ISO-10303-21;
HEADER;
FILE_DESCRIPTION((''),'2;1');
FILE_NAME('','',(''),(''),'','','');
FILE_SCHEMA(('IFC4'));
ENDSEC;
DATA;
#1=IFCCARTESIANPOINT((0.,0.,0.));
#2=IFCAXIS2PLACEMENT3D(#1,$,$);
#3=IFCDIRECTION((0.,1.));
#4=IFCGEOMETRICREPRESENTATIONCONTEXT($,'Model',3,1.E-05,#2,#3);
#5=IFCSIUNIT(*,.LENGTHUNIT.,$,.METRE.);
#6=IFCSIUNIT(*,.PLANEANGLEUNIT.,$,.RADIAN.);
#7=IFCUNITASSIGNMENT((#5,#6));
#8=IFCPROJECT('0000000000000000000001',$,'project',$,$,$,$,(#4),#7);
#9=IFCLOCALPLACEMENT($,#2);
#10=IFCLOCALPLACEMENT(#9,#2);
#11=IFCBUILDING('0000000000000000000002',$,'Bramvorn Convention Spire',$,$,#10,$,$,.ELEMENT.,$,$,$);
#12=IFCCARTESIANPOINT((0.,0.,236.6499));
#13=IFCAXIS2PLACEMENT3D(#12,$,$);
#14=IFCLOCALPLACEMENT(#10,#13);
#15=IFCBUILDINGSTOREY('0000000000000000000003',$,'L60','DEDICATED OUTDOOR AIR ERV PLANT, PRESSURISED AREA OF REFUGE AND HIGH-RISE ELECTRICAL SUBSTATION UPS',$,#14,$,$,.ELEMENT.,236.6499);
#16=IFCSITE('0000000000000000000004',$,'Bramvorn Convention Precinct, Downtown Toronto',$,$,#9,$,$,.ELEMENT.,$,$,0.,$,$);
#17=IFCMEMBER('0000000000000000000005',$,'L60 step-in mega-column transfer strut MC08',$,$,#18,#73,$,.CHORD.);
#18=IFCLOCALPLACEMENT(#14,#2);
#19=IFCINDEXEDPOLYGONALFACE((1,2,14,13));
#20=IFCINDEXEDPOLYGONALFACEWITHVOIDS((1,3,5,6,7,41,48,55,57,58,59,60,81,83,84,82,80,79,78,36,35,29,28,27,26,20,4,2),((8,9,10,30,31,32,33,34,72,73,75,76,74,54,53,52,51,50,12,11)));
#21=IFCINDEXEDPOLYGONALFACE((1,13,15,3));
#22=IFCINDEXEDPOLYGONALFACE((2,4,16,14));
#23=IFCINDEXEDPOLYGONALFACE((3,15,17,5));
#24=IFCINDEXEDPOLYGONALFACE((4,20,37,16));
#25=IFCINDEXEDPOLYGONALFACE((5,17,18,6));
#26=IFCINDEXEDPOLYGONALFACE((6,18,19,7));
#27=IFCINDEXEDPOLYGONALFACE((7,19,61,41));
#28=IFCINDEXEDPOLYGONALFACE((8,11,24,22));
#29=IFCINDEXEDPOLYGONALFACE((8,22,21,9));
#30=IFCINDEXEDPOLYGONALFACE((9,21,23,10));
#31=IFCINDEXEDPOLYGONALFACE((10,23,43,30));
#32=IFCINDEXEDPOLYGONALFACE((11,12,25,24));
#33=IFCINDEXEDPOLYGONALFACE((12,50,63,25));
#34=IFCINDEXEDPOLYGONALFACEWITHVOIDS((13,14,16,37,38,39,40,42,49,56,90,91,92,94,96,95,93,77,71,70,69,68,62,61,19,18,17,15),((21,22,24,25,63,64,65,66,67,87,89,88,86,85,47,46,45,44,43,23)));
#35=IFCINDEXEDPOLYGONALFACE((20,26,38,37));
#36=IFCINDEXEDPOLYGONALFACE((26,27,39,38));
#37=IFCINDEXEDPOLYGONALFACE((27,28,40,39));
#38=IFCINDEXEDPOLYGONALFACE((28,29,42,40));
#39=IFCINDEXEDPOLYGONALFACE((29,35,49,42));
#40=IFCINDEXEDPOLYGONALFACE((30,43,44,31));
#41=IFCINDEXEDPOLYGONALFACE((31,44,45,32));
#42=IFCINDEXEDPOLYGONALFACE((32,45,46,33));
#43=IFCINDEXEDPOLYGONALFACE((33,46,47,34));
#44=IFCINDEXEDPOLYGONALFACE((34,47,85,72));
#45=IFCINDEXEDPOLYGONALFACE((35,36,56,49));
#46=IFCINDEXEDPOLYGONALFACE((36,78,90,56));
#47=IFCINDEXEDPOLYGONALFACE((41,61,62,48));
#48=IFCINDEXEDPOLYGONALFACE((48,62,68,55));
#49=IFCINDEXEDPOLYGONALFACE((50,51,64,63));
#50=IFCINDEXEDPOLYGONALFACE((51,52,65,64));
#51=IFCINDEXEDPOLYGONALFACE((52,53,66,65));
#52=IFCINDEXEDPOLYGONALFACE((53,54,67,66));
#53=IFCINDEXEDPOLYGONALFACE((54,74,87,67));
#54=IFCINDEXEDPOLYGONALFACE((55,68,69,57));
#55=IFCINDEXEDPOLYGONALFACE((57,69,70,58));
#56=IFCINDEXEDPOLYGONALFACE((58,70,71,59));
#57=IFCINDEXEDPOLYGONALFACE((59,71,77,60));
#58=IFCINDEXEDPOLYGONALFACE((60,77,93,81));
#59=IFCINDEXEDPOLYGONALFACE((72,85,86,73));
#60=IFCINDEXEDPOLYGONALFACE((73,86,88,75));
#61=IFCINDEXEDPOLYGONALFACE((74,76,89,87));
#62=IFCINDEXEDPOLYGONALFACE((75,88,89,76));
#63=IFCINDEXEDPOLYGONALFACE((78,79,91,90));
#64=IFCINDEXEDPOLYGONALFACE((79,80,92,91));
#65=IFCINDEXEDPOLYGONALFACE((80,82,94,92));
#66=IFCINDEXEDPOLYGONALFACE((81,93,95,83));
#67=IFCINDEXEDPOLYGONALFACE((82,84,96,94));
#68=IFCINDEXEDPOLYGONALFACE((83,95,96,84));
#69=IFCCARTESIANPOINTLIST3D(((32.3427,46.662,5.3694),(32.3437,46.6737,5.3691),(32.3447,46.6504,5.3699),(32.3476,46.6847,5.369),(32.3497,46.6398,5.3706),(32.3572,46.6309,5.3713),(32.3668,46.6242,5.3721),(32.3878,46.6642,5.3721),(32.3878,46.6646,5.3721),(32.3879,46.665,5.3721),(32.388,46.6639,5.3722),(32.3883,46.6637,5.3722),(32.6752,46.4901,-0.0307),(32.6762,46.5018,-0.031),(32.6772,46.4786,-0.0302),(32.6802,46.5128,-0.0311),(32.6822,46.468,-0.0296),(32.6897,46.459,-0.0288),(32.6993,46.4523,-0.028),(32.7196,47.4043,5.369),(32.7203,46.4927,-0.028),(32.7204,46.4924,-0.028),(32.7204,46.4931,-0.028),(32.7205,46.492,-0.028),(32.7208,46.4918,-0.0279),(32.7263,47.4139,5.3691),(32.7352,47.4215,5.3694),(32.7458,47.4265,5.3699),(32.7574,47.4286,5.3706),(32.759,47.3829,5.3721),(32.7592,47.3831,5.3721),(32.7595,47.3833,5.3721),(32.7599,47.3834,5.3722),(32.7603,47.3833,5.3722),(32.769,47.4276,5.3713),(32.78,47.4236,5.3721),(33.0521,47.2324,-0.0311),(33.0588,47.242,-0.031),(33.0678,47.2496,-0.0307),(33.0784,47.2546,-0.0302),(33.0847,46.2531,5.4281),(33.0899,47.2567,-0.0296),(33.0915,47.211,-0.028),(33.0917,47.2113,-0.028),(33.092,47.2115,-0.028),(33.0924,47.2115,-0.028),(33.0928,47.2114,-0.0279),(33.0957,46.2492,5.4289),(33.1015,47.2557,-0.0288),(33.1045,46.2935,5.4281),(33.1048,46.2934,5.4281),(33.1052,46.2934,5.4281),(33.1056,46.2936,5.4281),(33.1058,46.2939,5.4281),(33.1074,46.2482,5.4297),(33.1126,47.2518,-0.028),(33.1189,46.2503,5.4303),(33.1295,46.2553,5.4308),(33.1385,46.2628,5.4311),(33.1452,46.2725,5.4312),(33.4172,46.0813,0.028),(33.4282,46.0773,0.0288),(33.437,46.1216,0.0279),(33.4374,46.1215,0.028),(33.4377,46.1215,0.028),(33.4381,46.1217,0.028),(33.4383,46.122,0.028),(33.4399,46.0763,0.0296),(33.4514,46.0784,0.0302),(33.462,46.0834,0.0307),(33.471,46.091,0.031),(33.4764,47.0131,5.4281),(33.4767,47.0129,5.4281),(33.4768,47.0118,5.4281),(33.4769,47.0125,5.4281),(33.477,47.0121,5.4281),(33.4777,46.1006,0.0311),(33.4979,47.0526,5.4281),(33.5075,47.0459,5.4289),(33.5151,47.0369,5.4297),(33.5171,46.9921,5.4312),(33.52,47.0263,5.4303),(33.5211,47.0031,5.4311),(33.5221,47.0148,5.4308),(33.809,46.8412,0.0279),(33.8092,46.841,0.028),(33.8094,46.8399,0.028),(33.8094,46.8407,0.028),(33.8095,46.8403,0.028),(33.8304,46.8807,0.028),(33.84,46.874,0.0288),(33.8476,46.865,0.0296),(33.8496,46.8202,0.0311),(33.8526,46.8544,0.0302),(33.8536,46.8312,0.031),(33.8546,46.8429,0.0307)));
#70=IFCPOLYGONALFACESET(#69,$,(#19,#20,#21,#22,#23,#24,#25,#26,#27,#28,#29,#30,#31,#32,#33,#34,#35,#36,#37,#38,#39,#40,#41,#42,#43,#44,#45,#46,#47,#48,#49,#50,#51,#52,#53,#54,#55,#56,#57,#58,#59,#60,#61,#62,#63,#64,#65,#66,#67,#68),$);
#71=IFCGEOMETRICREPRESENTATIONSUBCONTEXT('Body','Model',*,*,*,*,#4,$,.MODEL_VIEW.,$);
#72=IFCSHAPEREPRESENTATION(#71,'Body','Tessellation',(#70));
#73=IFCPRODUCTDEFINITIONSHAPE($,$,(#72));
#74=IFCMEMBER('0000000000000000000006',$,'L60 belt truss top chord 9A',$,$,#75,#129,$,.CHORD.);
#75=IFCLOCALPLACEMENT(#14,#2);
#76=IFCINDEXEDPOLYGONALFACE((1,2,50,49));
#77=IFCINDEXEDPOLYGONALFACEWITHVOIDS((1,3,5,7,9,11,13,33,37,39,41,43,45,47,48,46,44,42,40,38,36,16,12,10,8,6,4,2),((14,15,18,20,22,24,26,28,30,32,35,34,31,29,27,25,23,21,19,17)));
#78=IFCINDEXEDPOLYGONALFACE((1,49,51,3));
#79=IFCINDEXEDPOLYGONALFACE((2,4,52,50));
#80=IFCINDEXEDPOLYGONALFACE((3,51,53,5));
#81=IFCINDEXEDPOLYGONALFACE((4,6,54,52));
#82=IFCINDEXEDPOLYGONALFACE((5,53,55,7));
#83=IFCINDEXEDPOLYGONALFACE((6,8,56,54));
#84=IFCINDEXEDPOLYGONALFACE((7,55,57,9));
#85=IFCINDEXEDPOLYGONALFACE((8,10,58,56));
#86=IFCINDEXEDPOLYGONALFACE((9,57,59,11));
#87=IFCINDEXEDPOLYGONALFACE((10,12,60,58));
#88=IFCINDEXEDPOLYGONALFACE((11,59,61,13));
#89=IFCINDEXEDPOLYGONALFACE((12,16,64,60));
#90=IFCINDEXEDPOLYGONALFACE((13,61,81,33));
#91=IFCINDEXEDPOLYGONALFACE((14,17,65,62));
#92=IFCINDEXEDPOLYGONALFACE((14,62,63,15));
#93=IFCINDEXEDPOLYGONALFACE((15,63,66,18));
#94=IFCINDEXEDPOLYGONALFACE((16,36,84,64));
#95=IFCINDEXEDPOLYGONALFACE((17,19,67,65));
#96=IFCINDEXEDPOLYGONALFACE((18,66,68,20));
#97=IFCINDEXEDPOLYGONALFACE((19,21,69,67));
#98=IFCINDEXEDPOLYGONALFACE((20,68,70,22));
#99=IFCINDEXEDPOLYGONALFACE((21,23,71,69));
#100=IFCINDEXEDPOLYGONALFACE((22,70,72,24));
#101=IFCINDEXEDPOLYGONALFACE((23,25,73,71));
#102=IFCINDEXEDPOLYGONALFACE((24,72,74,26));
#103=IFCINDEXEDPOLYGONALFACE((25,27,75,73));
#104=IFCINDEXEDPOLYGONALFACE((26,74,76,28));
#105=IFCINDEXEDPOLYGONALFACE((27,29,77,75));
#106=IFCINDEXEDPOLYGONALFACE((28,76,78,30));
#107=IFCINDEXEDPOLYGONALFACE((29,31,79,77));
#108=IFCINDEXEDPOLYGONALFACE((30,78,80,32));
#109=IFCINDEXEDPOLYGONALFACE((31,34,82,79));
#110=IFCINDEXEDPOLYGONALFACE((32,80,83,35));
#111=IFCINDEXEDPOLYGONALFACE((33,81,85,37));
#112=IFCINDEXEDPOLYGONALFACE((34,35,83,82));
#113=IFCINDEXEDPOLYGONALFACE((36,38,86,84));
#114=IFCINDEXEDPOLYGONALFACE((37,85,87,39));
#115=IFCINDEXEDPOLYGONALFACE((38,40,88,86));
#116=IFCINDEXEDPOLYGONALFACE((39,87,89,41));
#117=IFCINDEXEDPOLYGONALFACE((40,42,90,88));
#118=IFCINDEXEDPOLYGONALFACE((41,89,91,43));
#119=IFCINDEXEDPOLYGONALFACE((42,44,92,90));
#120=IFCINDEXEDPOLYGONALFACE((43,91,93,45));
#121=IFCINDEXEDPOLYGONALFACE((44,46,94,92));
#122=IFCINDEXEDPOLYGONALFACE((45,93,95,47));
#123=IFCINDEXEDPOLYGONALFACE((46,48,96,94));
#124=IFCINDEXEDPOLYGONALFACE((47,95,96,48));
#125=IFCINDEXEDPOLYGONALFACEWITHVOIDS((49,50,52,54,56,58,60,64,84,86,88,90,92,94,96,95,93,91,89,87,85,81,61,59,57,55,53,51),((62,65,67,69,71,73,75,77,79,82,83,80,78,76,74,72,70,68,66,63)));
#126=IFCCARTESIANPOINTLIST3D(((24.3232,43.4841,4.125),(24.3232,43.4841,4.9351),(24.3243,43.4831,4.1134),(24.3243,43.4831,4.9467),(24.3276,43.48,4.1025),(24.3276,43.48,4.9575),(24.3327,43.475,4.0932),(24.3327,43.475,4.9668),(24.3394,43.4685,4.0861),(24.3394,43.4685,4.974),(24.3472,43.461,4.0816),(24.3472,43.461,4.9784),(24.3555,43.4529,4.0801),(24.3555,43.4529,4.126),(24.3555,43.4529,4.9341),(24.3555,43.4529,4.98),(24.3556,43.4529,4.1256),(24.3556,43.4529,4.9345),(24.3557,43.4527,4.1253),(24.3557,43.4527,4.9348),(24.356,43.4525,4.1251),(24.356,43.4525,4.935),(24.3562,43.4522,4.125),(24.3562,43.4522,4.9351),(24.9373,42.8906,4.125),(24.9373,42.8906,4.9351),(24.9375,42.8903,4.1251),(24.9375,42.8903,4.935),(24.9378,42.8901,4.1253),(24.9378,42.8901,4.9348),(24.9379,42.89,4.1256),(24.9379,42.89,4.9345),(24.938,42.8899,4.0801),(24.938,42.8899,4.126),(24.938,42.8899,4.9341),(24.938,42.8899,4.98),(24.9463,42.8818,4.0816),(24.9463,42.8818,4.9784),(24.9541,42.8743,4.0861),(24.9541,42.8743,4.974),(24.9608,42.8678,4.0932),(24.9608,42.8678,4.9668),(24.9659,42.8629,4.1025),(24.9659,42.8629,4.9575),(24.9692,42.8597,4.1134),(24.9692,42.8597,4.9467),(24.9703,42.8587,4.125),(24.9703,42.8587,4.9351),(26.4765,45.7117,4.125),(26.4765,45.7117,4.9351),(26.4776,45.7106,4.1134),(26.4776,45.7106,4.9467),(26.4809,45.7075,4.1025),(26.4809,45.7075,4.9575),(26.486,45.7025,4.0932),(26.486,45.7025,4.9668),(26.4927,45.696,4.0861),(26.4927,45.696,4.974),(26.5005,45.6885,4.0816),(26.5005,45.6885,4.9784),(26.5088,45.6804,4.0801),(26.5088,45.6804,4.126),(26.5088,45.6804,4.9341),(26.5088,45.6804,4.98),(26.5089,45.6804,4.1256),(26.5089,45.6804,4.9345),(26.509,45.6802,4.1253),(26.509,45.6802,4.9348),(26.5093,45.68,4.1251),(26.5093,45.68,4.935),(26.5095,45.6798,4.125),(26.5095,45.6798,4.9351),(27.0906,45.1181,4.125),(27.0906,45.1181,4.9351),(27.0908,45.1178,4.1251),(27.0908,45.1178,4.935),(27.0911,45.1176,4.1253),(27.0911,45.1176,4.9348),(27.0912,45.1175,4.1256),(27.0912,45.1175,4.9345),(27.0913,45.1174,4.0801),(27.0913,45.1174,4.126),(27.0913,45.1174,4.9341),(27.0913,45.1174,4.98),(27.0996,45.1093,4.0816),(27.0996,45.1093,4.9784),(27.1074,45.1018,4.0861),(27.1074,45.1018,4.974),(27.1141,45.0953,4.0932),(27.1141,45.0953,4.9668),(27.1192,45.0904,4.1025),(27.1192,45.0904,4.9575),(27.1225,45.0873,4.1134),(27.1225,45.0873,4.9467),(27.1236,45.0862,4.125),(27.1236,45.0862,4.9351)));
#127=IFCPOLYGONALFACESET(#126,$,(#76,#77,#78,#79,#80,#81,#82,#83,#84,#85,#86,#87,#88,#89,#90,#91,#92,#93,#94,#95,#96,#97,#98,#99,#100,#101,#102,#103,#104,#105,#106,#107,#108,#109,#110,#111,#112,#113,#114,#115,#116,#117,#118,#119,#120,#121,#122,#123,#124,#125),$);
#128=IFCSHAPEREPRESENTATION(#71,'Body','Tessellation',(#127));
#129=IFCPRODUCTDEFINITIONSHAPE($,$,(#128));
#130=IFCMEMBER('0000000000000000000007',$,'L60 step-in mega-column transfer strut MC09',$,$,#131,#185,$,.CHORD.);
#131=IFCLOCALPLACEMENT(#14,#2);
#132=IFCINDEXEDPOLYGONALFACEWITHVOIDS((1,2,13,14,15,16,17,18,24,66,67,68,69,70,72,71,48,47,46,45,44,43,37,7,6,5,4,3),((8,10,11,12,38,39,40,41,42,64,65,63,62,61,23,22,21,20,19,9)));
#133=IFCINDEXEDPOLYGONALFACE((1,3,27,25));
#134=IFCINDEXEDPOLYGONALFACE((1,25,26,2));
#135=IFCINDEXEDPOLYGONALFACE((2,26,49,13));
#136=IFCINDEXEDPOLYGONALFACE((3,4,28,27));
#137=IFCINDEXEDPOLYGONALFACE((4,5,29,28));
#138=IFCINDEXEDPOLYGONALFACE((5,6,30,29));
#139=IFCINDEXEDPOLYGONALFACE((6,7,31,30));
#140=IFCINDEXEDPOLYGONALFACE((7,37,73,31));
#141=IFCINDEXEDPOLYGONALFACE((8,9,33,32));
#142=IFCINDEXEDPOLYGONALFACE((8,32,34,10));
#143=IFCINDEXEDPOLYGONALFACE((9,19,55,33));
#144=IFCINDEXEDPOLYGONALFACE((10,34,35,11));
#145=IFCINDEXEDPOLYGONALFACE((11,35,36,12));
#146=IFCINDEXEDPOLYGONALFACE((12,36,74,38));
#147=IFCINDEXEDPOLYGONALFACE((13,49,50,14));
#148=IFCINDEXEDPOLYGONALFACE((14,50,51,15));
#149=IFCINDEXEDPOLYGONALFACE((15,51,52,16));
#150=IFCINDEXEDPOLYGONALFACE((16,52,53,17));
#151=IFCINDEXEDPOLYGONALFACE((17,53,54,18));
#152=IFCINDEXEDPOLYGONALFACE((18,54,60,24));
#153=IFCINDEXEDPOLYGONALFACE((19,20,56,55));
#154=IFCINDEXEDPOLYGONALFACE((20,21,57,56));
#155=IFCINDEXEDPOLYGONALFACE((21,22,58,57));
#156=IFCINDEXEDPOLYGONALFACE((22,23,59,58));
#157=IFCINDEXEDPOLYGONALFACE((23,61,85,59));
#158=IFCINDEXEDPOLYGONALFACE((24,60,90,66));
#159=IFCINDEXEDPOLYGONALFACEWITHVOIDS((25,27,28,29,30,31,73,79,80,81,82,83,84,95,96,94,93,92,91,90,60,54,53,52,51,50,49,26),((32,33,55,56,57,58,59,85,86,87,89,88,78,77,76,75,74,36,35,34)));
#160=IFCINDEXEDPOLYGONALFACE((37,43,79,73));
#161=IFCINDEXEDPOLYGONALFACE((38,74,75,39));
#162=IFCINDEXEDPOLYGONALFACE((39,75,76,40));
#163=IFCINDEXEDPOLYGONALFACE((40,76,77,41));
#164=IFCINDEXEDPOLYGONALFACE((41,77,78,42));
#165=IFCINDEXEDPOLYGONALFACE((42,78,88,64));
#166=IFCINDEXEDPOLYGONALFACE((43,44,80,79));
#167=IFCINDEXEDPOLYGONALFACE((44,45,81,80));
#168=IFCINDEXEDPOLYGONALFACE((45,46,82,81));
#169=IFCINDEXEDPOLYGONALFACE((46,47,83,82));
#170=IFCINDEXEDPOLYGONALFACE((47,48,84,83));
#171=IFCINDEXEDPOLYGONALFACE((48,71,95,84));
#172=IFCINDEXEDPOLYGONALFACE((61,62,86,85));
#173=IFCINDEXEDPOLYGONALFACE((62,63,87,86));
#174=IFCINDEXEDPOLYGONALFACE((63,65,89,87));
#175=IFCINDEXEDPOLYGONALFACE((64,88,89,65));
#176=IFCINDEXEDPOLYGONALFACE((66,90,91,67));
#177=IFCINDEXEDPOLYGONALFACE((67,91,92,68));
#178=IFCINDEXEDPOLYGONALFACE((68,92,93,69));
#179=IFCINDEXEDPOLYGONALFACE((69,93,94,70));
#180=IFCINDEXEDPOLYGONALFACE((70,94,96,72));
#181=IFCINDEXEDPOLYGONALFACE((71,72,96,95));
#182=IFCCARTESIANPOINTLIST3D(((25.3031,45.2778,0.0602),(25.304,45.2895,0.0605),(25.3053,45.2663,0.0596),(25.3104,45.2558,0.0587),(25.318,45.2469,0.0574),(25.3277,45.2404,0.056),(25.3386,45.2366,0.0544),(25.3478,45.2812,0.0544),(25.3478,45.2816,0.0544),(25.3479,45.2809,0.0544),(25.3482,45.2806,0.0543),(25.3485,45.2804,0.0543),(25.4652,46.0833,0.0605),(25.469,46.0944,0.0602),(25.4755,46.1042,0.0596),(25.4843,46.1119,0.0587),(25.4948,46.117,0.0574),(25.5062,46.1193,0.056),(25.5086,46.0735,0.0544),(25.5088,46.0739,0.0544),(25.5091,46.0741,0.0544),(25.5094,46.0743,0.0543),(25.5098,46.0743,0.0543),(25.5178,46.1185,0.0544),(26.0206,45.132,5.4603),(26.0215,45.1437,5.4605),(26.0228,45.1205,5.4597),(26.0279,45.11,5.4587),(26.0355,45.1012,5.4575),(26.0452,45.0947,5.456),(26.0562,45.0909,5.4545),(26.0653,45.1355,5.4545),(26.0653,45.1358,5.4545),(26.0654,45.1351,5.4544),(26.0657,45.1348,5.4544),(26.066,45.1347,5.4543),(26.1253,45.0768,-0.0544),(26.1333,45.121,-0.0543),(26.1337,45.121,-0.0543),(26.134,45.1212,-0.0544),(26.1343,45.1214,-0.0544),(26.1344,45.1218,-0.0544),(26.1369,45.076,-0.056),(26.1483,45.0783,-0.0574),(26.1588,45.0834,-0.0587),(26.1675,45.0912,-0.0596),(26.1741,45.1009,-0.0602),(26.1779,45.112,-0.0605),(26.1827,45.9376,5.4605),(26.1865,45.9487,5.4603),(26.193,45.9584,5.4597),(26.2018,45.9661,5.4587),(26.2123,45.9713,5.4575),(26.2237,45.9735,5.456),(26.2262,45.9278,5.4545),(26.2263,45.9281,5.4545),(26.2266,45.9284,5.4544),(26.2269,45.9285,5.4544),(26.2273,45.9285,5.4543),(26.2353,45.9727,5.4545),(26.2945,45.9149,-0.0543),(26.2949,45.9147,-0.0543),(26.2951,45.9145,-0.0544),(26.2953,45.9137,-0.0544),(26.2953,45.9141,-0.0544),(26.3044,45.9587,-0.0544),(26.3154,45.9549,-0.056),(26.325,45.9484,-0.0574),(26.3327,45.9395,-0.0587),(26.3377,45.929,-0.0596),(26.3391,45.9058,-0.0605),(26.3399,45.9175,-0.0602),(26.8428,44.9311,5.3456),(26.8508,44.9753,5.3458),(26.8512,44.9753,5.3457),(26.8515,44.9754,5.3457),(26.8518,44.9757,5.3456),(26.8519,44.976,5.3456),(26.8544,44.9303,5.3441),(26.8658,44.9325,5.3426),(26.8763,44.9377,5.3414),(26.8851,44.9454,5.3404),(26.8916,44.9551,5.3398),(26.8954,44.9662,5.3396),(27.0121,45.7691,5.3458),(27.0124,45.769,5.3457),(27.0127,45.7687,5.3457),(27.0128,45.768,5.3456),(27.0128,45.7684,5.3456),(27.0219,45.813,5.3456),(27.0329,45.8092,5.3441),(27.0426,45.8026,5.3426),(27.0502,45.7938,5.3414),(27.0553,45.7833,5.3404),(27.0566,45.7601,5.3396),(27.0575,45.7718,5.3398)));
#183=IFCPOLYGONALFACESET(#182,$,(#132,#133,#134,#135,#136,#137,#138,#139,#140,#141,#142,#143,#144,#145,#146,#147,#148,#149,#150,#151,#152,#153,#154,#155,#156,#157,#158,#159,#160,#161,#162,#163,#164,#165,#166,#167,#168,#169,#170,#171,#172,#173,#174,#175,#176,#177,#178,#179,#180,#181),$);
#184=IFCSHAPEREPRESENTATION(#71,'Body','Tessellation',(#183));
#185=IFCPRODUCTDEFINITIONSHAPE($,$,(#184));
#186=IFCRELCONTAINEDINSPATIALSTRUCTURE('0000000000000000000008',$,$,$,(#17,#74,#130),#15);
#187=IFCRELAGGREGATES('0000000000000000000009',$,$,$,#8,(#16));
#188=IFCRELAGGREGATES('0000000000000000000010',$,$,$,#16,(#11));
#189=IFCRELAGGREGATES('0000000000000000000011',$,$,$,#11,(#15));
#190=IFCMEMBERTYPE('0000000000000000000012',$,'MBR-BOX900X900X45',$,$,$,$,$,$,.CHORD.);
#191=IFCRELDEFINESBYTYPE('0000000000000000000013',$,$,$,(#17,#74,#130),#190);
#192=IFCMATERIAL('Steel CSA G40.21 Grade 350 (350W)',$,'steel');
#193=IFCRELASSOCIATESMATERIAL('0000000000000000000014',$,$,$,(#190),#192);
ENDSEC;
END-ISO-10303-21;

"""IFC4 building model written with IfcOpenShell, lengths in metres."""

from ifc_helpers import new_model, si_unit, direction, frame, origin, origin_2d, place, context, subcontext, project, spatial, hollow_rectangle, extrude, material, material_profile, profile_set, type_object, element, save


model = new_model("IFC4")

# Units and contexts
model_context = context("Model", 3, precision=1e-05, world=origin(), true_north=direction((0.0, 1.0)))
body_context = subcontext(model_context, "Body", "Model", "MODEL_VIEW")
ifc_project = project(units=[si_unit("LENGTHUNIT", "METRE"), si_unit("PLANEANGLEUNIT", "RADIAN")], contexts=[model_context])

# Site, building, storey
site_placement = place(None, origin())
site = spatial("IfcSite", under=ifc_project, at=site_placement, Name="Bramvorn Convention Precinct, Downtown Toronto", CompositionType="ELEMENT", RefElevation=0.0)
building_placement = place(site_placement, origin())
building = spatial("IfcBuilding", under=site, at=building_placement, Name="Bramvorn Convention Spire", CompositionType="ELEMENT")
storey_placement = place(building_placement, frame((0.0, 0.0, 236.6499)))
storey = spatial("IfcBuildingStorey", under=building, at=storey_placement, Name="L60", Description="DEDICATED OUTDOOR AIR ERV PLANT, PRESSURISED AREA OF REFUGE AND HIGH-RISE ELECTRICAL SUBSTATION UPS", CompositionType="ELEMENT", Elevation=236.6499)

# Shared definitions
ifc_material_1 = material(Name="Steel CSA G40.21 Grade 350 (350W)", Category="steel")

# Members
ifc_material_profile_1 = material_profile(ifc_material_1, hollow_rectangle(XDim=0.8999, YDim=0.8999, WallThickness=0.0449, InnerFilletRadius=0.001, OuterFilletRadius=0.0449, at=origin_2d()))
ifc_profile_set_1 = profile_set([ifc_material_profile_1], Name="Steel CSA G40.21 Grade 350 (350W) - BOX900X900X45")
member_type_1 = type_object("IfcMemberType", Name="MBR-BOX900X900X45", PredefinedType="CHORD", material=ifc_profile_set_1)
member_1_placement = place(storey_placement, frame((33.2649, 46.6665, 0.0), z_axis=(-0.061429, 0.031752, 0.997606), x_axis=(-0.459174, -0.888346, 0.0)))
element("IfcMember", 1, at=member_1_placement, inside=storey, type_object=member_type_1, Name="L60 step-in mega-column transfer strut MC08", PredefinedType="CHORD", context=body_context, shape_type="SweptSolid", body=[
    extrude(hollow_rectangle(XDim=0.8999, YDim=0.8999, WallThickness=0.0449, InnerFilletRadius=0.001, OuterFilletRadius=0.0449, at=origin_2d()), origin(), (0.0, 0.0, 1.0), 5.4131),
])
member_2_placement = place(storey_placement, frame((26.8, 45.3989, 4.53), z_axis=(-0.695028, -0.718983, 0.0), x_axis=(0.718983, -0.695028, 0.0)))
element("IfcMember", 2, at=member_2_placement, inside=storey, type_object=member_type_1, Name="L60 belt truss top chord 9A", PredefinedType="CHORD", context=body_context, shape_type="SweptSolid", body=[
    extrude(hollow_rectangle(XDim=0.8999, YDim=0.8999, WallThickness=0.0449, InnerFilletRadius=0.001, OuterFilletRadius=0.0449, at=origin_2d()), origin(), (0.0, 0.0, 1.0), 3.0981),
])
member_3_placement = place(storey_placement, frame((25.8215, 45.5977, 0.0), z_axis=(0.131667, -0.026746, 0.990933), x_axis=(0.199065, 0.979986, 0.0)))
element("IfcMember", 3, at=member_3_placement, inside=storey, type_object=member_type_1, Name="L60 step-in mega-column transfer strut MC09", PredefinedType="CHORD", context=body_context, shape_type="SweptSolid", body=[
    extrude(hollow_rectangle(XDim=0.8999, YDim=0.8999, WallThickness=0.0449, InnerFilletRadius=0.001, OuterFilletRadius=0.0449, at=origin_2d()), origin(), (0.0, 0.0, 1.0), 5.4495),
])

save(model, "model.ifc")
